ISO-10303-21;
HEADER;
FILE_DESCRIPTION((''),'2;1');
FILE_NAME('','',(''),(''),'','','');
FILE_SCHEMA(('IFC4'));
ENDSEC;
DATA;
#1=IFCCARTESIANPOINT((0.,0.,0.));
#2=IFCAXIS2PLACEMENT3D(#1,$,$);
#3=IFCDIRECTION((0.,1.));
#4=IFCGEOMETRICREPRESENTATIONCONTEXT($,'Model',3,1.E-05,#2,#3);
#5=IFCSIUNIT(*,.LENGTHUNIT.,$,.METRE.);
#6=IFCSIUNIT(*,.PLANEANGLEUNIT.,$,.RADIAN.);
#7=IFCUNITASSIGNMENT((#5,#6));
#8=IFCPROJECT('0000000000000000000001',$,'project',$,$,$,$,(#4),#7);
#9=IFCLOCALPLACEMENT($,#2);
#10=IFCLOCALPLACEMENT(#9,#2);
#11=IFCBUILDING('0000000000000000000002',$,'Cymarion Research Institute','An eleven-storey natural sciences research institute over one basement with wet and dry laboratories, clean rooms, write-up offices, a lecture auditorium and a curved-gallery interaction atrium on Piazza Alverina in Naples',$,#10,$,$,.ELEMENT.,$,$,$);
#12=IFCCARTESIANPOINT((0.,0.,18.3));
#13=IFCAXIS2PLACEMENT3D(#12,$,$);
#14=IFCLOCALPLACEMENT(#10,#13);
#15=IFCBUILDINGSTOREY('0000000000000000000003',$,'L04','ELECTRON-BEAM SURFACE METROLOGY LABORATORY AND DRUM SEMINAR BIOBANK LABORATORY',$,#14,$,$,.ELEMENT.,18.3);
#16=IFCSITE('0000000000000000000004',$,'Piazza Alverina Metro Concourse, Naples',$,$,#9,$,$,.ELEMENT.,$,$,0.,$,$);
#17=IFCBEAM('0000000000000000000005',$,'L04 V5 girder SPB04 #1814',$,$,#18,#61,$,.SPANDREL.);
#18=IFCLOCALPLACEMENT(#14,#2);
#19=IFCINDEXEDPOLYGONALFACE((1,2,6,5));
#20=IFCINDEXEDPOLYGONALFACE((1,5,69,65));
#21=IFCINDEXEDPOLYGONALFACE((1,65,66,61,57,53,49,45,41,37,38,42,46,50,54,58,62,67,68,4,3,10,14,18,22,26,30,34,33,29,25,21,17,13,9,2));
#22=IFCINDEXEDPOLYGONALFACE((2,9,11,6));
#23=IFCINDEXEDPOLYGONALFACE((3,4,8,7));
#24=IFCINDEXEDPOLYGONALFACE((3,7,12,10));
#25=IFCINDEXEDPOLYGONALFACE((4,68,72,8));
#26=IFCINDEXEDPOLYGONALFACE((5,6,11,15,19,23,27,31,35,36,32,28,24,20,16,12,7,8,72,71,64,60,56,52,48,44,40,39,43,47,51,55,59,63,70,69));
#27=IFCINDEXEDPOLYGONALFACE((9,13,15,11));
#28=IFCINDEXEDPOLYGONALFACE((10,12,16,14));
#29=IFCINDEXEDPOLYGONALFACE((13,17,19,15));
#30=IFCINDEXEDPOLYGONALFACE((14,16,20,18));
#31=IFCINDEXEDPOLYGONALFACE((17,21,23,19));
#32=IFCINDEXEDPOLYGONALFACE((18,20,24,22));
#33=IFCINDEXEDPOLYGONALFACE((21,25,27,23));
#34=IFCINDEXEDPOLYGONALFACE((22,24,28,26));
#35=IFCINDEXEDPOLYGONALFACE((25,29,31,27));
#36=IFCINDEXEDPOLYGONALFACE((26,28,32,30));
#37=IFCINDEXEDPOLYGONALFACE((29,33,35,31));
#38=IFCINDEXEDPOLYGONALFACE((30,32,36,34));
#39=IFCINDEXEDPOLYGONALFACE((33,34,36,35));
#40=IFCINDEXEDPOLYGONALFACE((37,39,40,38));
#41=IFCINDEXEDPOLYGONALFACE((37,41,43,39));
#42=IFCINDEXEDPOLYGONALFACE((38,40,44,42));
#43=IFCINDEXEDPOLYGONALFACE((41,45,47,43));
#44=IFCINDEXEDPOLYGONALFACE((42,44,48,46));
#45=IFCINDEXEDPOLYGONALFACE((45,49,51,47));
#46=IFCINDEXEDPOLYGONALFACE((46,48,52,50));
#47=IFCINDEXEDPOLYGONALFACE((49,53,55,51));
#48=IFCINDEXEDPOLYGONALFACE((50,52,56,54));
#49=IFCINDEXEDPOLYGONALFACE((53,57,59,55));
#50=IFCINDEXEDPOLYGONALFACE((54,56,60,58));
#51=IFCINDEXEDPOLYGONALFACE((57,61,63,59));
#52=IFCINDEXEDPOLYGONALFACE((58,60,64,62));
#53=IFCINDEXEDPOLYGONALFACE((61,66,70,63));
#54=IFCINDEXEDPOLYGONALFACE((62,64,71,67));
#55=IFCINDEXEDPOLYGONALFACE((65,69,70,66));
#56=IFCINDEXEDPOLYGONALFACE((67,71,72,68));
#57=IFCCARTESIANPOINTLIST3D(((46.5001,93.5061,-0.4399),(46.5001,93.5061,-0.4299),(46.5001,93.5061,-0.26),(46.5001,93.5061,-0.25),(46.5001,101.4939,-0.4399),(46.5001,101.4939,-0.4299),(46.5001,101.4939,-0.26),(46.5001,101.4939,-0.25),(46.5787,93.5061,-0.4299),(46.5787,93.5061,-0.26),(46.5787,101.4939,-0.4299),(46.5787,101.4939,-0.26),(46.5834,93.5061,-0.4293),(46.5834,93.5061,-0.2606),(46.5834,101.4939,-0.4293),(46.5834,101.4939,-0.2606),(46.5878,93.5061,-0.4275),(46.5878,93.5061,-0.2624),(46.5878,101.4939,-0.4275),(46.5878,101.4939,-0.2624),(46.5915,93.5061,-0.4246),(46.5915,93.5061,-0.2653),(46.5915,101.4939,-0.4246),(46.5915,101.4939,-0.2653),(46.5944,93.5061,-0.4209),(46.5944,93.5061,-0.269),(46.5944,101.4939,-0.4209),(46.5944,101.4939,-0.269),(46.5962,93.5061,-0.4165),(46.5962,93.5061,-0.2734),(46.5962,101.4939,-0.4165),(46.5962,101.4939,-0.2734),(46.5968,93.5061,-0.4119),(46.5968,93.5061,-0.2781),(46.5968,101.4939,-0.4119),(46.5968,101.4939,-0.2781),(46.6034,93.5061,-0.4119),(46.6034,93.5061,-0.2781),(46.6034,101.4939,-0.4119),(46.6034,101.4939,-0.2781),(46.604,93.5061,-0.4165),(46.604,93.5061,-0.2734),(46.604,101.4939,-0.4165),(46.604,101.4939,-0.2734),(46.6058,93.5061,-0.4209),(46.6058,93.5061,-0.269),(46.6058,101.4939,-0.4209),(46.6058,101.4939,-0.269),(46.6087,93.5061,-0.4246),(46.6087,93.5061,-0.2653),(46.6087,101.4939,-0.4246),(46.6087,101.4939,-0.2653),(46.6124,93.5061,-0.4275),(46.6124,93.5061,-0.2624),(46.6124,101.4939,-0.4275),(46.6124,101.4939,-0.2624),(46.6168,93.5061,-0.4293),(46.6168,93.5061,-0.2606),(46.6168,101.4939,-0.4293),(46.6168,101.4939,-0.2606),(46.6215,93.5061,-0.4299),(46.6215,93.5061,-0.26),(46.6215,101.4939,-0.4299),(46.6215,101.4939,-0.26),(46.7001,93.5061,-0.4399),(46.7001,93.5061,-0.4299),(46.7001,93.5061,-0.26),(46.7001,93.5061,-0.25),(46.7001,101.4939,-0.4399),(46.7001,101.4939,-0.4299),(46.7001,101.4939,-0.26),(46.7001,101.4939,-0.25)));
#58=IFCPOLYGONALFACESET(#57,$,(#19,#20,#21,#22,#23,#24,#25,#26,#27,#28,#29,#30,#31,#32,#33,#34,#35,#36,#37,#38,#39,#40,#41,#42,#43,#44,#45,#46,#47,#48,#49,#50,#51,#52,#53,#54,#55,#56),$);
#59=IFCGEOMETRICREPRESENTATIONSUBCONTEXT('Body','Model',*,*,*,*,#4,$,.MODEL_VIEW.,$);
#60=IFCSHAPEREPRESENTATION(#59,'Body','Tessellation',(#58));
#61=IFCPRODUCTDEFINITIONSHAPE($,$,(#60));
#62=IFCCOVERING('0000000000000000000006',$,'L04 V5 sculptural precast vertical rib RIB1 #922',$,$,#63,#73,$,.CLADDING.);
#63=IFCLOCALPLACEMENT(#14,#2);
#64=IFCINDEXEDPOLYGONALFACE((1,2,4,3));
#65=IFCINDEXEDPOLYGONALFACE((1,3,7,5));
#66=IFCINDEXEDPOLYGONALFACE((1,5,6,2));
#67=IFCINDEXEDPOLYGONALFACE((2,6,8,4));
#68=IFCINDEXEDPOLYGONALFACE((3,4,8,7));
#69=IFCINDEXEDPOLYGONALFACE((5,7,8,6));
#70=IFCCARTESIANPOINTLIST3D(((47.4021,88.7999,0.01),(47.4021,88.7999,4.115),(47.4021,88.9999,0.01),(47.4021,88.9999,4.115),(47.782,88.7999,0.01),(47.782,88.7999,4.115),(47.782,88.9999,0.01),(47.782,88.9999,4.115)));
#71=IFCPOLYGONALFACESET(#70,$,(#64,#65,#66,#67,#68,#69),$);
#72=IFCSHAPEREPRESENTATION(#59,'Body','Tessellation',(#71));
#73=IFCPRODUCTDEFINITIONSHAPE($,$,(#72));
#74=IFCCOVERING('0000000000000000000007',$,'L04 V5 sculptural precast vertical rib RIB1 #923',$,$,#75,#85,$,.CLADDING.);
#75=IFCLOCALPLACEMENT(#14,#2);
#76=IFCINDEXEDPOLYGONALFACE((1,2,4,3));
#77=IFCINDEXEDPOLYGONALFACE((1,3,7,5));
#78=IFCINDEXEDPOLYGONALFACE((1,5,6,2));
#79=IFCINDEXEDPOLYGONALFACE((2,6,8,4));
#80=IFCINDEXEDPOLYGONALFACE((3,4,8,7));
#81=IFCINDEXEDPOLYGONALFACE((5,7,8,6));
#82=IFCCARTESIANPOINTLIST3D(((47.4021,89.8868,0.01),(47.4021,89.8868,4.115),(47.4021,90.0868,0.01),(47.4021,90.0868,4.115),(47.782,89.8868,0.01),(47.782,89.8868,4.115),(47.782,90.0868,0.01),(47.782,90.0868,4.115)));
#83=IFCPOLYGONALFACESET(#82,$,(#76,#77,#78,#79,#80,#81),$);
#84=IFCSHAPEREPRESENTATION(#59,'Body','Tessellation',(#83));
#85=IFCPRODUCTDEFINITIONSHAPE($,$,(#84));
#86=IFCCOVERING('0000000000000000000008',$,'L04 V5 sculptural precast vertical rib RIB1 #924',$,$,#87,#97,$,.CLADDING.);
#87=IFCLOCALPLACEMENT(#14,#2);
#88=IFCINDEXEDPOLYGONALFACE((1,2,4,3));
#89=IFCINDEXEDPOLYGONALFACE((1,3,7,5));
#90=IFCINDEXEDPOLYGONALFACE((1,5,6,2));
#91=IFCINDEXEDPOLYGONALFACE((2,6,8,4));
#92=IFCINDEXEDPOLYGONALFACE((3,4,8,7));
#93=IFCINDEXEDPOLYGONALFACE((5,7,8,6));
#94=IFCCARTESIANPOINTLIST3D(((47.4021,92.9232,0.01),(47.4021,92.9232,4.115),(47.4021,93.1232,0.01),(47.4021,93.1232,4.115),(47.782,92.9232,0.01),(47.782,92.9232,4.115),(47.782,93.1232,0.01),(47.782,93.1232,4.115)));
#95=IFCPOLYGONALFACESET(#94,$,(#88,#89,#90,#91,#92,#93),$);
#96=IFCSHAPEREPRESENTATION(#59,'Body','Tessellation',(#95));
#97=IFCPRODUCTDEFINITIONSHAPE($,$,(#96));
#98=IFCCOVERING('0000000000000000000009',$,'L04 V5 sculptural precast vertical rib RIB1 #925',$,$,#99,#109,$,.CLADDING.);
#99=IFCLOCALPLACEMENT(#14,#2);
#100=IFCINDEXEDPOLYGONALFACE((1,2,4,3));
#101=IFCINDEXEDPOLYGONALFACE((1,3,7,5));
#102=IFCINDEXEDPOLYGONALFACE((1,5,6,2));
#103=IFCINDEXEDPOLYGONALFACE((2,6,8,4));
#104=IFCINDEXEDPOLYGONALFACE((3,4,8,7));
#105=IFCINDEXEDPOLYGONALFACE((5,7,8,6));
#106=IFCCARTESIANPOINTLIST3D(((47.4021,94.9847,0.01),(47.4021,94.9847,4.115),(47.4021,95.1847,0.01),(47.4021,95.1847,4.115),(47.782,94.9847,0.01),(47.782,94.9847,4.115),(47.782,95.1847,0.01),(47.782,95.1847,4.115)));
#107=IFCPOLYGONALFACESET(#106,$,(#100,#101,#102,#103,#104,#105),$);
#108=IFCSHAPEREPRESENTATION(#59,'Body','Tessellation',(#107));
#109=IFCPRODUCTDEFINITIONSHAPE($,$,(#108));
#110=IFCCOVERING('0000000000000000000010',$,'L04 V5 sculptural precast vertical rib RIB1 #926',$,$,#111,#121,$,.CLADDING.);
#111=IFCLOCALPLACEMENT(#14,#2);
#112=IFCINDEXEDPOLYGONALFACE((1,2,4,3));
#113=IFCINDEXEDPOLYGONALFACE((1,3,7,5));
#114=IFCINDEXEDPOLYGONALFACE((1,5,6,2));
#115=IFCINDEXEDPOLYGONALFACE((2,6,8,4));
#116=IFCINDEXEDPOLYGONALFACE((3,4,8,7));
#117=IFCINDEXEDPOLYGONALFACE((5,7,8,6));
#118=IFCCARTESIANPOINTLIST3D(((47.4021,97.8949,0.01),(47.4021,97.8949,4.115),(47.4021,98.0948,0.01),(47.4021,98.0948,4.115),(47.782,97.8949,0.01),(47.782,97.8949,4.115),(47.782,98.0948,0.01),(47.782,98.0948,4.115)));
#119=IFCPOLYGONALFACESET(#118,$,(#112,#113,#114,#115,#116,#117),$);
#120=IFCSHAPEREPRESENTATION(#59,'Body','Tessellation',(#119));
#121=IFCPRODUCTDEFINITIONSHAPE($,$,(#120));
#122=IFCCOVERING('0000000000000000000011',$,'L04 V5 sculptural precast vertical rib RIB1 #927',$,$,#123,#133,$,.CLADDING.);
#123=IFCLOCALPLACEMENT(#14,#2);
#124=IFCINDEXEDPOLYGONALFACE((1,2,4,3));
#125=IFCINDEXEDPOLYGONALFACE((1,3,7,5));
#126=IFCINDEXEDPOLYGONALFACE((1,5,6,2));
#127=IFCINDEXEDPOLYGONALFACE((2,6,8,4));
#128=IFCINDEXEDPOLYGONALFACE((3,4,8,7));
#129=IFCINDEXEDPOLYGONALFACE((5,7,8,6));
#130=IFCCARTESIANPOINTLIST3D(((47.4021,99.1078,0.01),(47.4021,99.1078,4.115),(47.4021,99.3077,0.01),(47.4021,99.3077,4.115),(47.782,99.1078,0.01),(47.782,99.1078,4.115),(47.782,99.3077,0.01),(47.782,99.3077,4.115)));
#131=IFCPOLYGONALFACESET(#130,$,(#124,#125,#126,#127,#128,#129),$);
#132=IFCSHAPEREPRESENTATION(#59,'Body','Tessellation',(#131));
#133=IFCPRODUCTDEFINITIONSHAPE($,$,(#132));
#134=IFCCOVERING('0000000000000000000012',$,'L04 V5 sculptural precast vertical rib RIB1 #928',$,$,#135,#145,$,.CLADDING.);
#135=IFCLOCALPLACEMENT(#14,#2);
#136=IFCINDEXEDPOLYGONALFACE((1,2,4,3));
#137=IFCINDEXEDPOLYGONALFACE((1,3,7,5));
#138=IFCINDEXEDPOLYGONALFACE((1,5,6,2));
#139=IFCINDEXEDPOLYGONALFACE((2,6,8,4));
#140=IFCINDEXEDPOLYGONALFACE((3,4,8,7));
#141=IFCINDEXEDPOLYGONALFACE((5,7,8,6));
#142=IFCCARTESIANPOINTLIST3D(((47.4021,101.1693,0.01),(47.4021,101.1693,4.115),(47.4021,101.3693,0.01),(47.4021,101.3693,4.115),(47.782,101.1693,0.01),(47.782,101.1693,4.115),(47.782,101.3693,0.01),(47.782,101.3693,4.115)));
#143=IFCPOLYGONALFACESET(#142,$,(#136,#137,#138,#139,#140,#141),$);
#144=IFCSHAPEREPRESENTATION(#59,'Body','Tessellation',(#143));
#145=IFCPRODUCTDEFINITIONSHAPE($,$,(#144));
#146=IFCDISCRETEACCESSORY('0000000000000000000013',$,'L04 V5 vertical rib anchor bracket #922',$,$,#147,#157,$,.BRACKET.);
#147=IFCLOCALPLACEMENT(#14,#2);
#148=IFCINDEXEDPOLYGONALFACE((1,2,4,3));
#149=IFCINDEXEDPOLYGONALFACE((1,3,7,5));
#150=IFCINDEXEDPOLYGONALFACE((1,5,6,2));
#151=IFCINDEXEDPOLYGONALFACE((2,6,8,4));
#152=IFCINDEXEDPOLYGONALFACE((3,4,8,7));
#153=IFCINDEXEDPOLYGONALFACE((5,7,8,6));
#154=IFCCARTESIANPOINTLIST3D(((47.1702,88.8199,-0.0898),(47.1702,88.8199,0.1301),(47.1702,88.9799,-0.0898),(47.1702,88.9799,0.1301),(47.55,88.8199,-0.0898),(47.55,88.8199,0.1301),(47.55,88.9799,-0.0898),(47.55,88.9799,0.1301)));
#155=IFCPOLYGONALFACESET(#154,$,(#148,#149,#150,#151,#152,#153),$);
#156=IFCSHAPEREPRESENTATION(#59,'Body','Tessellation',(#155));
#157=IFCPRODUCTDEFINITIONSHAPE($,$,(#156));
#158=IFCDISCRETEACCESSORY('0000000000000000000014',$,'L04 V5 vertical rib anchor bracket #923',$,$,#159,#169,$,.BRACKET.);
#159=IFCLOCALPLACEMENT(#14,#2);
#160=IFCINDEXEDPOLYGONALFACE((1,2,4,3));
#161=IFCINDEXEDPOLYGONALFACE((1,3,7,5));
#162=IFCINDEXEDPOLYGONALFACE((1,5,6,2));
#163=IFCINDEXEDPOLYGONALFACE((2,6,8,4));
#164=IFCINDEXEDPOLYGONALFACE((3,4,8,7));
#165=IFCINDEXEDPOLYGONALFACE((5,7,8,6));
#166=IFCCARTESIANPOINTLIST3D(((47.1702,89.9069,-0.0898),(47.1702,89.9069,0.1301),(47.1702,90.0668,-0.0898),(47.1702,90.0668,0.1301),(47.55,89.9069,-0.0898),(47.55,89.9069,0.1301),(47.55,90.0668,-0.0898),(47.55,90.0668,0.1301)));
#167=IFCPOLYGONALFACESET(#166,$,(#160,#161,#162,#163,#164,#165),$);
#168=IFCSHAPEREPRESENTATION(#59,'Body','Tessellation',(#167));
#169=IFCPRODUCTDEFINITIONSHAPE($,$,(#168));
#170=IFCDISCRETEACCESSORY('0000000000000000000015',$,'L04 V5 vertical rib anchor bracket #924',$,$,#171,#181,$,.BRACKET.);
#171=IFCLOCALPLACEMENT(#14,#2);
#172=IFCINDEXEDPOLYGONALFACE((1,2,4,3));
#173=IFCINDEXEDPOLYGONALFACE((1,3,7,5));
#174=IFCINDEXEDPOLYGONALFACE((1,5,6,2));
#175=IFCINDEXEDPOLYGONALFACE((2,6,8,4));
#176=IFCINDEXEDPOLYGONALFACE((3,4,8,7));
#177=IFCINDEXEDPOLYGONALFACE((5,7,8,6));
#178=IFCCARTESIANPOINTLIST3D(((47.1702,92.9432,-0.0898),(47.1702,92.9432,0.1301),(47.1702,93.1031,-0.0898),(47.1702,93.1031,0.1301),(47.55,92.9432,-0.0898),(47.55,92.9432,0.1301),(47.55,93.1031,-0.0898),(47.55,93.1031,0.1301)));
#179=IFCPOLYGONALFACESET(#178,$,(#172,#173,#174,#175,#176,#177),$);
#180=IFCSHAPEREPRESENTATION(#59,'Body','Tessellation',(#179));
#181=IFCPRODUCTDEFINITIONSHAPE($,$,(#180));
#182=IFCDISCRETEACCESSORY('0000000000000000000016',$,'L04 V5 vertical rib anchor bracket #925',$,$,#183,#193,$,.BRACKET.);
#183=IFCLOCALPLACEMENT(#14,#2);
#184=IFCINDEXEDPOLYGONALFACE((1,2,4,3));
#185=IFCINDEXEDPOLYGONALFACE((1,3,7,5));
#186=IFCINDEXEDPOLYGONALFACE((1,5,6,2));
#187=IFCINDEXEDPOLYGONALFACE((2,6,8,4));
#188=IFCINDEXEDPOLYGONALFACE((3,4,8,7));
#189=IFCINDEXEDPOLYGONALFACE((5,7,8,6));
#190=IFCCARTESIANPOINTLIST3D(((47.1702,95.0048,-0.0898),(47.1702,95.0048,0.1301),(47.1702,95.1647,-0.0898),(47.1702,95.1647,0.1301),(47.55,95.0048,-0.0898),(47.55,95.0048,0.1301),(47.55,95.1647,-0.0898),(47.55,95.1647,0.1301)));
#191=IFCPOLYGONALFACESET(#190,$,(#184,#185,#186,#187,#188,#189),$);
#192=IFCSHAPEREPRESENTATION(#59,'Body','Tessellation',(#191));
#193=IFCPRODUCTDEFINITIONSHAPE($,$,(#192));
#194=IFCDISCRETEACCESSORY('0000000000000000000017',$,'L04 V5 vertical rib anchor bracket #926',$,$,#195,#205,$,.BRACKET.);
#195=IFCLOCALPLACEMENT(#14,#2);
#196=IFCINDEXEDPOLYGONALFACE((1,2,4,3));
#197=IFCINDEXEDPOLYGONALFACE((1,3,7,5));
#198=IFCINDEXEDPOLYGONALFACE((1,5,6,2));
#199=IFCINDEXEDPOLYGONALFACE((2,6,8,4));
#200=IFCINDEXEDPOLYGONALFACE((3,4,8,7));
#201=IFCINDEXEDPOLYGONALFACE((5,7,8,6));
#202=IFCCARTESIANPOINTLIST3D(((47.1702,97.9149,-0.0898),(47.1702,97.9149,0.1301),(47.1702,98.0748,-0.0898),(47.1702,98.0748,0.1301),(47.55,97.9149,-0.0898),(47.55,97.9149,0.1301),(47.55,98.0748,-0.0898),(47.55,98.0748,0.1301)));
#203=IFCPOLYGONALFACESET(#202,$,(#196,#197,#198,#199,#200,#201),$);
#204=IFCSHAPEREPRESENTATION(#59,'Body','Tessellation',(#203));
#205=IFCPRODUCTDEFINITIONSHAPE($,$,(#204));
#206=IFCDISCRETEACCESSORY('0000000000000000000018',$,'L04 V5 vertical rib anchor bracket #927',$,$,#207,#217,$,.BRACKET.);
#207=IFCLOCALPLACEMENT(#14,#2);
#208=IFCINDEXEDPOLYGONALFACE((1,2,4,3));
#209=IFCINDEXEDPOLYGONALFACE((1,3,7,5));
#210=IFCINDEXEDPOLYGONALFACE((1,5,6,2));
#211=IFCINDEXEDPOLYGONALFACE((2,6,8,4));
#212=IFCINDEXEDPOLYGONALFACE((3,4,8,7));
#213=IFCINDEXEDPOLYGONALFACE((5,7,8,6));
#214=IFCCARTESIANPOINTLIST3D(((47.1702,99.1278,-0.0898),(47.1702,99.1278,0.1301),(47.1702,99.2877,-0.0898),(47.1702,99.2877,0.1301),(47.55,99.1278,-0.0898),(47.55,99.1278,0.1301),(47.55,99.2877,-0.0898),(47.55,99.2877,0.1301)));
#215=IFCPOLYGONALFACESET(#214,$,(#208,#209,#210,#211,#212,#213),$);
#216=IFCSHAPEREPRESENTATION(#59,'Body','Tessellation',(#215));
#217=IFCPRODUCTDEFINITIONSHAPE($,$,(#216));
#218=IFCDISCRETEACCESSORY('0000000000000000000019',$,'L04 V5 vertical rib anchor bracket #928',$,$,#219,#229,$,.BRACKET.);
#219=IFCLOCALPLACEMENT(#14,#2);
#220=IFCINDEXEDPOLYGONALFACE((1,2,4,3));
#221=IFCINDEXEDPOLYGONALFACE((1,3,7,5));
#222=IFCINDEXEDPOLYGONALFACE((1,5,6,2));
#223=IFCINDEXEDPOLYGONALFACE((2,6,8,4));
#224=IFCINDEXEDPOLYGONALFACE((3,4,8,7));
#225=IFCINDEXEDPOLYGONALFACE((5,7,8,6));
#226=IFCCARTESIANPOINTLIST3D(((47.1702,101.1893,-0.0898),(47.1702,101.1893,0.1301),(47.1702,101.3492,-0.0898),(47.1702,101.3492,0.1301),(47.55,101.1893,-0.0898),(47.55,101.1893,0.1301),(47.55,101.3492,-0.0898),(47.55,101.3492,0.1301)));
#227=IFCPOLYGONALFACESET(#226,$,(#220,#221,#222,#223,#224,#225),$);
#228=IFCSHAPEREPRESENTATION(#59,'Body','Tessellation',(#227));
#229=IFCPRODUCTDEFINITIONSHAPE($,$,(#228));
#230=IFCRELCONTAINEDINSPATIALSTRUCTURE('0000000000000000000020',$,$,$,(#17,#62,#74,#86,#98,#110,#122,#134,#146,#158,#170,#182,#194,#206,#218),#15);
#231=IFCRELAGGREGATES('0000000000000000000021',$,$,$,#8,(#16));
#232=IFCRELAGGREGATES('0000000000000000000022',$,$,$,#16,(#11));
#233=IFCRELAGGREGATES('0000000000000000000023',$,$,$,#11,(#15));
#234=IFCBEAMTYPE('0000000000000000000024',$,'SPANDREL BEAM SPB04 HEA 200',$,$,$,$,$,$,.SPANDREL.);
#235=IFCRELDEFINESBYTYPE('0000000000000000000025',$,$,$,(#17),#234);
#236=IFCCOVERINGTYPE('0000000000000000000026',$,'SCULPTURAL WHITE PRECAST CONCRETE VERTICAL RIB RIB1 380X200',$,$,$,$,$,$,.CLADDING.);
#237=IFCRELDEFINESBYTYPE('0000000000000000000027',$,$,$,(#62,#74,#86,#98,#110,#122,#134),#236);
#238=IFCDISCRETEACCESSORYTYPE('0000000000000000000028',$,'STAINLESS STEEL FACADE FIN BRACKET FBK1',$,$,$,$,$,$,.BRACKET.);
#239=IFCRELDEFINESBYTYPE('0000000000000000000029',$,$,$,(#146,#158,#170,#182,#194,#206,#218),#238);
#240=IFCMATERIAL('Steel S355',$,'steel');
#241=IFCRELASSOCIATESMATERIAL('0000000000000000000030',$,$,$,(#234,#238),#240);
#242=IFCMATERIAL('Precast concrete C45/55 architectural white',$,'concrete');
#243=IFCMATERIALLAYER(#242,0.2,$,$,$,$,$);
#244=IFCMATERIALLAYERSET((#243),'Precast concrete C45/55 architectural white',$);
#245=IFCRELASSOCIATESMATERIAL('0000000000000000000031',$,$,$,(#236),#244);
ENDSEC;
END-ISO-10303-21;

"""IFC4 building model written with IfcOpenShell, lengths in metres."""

from ifc_helpers import new_model, si_unit, direction, frame, origin, origin_2d, place, context, subcontext, project, spatial, rectangle, i_section, extrude, material, layer, layer_set, material_profile, profile_set, type_object, element, save


model = new_model("IFC4")

# Units and contexts
model_context = context("Model", 3, precision=1e-05, world=origin(), true_north=direction((0.0, 1.0)))
body_context = subcontext(model_context, "Body", "Model", "MODEL_VIEW")
ifc_project = project(units=[si_unit("LENGTHUNIT", "METRE"), si_unit("PLANEANGLEUNIT", "RADIAN")], contexts=[model_context])

# Site, building, storey
site_placement = place(None, origin())
site = spatial("IfcSite", under=ifc_project, at=site_placement, Name="Piazza Alverina Metro Concourse, Naples", CompositionType="ELEMENT", RefElevation=0.0)
building_placement = place(site_placement, origin())
building = spatial("IfcBuilding", under=site, at=building_placement, Name="Cymarion Research Institute", Description="An eleven-storey natural sciences research institute over one basement with wet and dry laboratories, clean rooms, write-up offices, a lecture auditorium and a curved-gallery interaction atrium on Piazza Alverina in Naples", CompositionType="ELEMENT")
storey_placement = place(building_placement, frame((0.0, 0.0, 18.3)))
storey = spatial("IfcBuildingStorey", under=building, at=storey_placement, Name="L04", Description="ELECTRON-BEAM SURFACE METROLOGY LABORATORY AND DRUM SEMINAR BIOBANK LABORATORY", CompositionType="ELEMENT", Elevation=18.3)

# Shared definitions
ifc_material_1 = material(Name="Steel S355", Category="steel")

# Beam
ifc_material_profile_1 = material_profile(ifc_material_1, i_section(OverallWidth=0.2, OverallDepth=0.1899, WebThickness=0.0066, FlangeThickness=0.01, FilletRadius=0.0181, at=origin_2d()), Name="HEA 200")
ifc_profile_set_1 = profile_set([ifc_material_profile_1], Name="Steel S355")
beam_type_1 = type_object("IfcBeamType", Name="SPANDREL BEAM SPB04 HEA 200", PredefinedType="SPANDREL", material=ifc_profile_set_1)
beam_1_placement = place(storey_placement, frame((46.6001, 93.5061, -0.345), z_axis=(0.0, 1.0, 0.0), x_axis=(-1.0, 0.0, 0.0)))
element("IfcBeam", 1, at=beam_1_placement, inside=storey, type_object=beam_type_1, Name="L04 V5 girder SPB04 #1814", PredefinedType="SPANDREL", context=body_context, shape_type="SweptSolid", body=[
    extrude(i_section(OverallWidth=0.2, OverallDepth=0.1899, WebThickness=0.0066, FlangeThickness=0.01, FilletRadius=0.0181, at=origin_2d()), origin(), (0.0, 0.0, 1.0), 7.9878),
])

# Coverings
ifc_material_2 = material(Name="Precast concrete C45/55 architectural white", Category="concrete")
ifc_layer = layer(ifc_material_2, 0.2)
ifc_layer_set = layer_set([ifc_layer], Name="Precast concrete C45/55 architectural white")
covering_type = type_object("IfcCoveringType", Name="SCULPTURAL WHITE PRECAST CONCRETE VERTICAL RIB RIB1 380X200", PredefinedType="CLADDING", material=ifc_layer_set)
for number, where, z_axis, x_axis, name in (
    (2, (47.592, 88.8999, 0.01), (0.0, 0.0, 1.0), (1.0, 0.0, 0.0), "L04 V5 sculptural precast vertical rib RIB1 #922"),
    (3, (47.592, 89.9868, 0.01), (0.0, 0.0, 1.0), (1.0, 0.0, 0.0), "L04 V5 sculptural precast vertical rib RIB1 #923"),
    (4, (47.592, 93.0232, 0.01), (0.0, 0.0, 1.0), (1.0, 0.0, 0.0), "L04 V5 sculptural precast vertical rib RIB1 #924"),
    (5, (47.592, 95.0847, 0.01), (0.0, 0.0, 1.0), (1.0, 0.0, 0.0), "L04 V5 sculptural precast vertical rib RIB1 #925"),
    (6, (47.592, 97.9949, 0.01), (0.0, 0.0, 1.0), (1.0, 0.0, 0.0), "L04 V5 sculptural precast vertical rib RIB1 #926"),
    (7, (47.592, 99.2078, 0.01), (0.0, 0.0, 1.0), (1.0, 0.0, 0.0), "L04 V5 sculptural precast vertical rib RIB1 #927"),
    (8, (47.592, 101.2693, 0.01), (0.0, 0.0, 1.0), (1.0, 0.0, 0.0), "L04 V5 sculptural precast vertical rib RIB1 #928"),
):
    element("IfcCovering", number, at=place(storey_placement, frame(where, z_axis=z_axis, x_axis=x_axis)), inside=storey, type_object=covering_type, Name=name, PredefinedType="CLADDING", context=body_context, shape_type="SweptSolid", body=[
        extrude(rectangle(XDim=0.3799, YDim=0.2, at=origin_2d()), origin(), (0.0, 0.0, 1.0), 4.105),
    ])

# Discrete accessories
discrete_accessory_type = type_object("IfcDiscreteAccessoryType", Name="STAINLESS STEEL FACADE FIN BRACKET FBK1", PredefinedType="BRACKET", material=ifc_material_1)
for number, where, z_axis, x_axis, name in (
    (9, (47.3601, 88.8999, -0.0898), (0.0, 0.0, 1.0), (1.0, 0.0, 0.0), "L04 V5 vertical rib anchor bracket #922"),
    (10, (47.3601, 89.9868, -0.0898), (0.0, 0.0, 1.0), (1.0, 0.0, 0.0), "L04 V5 vertical rib anchor bracket #923"),
    (11, (47.3601, 93.0232, -0.0898), (0.0, 0.0, 1.0), (1.0, 0.0, 0.0), "L04 V5 vertical rib anchor bracket #924"),
    (12, (47.3601, 95.0847, -0.0898), (0.0, 0.0, 1.0), (1.0, 0.0, 0.0), "L04 V5 vertical rib anchor bracket #925"),
    (13, (47.3601, 97.9949, -0.0898), (0.0, 0.0, 1.0), (1.0, 0.0, 0.0), "L04 V5 vertical rib anchor bracket #926"),
    (14, (47.3601, 99.2078, -0.0898), (0.0, 0.0, 1.0), (1.0, 0.0, 0.0), "L04 V5 vertical rib anchor bracket #927"),
    (15, (47.3601, 101.2693, -0.0898), (0.0, 0.0, 1.0), (1.0, 0.0, 0.0), "L04 V5 vertical rib anchor bracket #928"),
):
    element("IfcDiscreteAccessory", number, at=place(storey_placement, frame(where, z_axis=z_axis, x_axis=x_axis)), inside=storey, type_object=discrete_accessory_type, Name=name, PredefinedType="BRACKET", context=body_context, shape_type="SweptSolid", body=[
        extrude(rectangle(XDim=0.3799, YDim=0.1599, at=origin_2d()), origin(), (0.0, 0.0, 1.0), 0.22),
    ])

save(model, "model.ifc")
